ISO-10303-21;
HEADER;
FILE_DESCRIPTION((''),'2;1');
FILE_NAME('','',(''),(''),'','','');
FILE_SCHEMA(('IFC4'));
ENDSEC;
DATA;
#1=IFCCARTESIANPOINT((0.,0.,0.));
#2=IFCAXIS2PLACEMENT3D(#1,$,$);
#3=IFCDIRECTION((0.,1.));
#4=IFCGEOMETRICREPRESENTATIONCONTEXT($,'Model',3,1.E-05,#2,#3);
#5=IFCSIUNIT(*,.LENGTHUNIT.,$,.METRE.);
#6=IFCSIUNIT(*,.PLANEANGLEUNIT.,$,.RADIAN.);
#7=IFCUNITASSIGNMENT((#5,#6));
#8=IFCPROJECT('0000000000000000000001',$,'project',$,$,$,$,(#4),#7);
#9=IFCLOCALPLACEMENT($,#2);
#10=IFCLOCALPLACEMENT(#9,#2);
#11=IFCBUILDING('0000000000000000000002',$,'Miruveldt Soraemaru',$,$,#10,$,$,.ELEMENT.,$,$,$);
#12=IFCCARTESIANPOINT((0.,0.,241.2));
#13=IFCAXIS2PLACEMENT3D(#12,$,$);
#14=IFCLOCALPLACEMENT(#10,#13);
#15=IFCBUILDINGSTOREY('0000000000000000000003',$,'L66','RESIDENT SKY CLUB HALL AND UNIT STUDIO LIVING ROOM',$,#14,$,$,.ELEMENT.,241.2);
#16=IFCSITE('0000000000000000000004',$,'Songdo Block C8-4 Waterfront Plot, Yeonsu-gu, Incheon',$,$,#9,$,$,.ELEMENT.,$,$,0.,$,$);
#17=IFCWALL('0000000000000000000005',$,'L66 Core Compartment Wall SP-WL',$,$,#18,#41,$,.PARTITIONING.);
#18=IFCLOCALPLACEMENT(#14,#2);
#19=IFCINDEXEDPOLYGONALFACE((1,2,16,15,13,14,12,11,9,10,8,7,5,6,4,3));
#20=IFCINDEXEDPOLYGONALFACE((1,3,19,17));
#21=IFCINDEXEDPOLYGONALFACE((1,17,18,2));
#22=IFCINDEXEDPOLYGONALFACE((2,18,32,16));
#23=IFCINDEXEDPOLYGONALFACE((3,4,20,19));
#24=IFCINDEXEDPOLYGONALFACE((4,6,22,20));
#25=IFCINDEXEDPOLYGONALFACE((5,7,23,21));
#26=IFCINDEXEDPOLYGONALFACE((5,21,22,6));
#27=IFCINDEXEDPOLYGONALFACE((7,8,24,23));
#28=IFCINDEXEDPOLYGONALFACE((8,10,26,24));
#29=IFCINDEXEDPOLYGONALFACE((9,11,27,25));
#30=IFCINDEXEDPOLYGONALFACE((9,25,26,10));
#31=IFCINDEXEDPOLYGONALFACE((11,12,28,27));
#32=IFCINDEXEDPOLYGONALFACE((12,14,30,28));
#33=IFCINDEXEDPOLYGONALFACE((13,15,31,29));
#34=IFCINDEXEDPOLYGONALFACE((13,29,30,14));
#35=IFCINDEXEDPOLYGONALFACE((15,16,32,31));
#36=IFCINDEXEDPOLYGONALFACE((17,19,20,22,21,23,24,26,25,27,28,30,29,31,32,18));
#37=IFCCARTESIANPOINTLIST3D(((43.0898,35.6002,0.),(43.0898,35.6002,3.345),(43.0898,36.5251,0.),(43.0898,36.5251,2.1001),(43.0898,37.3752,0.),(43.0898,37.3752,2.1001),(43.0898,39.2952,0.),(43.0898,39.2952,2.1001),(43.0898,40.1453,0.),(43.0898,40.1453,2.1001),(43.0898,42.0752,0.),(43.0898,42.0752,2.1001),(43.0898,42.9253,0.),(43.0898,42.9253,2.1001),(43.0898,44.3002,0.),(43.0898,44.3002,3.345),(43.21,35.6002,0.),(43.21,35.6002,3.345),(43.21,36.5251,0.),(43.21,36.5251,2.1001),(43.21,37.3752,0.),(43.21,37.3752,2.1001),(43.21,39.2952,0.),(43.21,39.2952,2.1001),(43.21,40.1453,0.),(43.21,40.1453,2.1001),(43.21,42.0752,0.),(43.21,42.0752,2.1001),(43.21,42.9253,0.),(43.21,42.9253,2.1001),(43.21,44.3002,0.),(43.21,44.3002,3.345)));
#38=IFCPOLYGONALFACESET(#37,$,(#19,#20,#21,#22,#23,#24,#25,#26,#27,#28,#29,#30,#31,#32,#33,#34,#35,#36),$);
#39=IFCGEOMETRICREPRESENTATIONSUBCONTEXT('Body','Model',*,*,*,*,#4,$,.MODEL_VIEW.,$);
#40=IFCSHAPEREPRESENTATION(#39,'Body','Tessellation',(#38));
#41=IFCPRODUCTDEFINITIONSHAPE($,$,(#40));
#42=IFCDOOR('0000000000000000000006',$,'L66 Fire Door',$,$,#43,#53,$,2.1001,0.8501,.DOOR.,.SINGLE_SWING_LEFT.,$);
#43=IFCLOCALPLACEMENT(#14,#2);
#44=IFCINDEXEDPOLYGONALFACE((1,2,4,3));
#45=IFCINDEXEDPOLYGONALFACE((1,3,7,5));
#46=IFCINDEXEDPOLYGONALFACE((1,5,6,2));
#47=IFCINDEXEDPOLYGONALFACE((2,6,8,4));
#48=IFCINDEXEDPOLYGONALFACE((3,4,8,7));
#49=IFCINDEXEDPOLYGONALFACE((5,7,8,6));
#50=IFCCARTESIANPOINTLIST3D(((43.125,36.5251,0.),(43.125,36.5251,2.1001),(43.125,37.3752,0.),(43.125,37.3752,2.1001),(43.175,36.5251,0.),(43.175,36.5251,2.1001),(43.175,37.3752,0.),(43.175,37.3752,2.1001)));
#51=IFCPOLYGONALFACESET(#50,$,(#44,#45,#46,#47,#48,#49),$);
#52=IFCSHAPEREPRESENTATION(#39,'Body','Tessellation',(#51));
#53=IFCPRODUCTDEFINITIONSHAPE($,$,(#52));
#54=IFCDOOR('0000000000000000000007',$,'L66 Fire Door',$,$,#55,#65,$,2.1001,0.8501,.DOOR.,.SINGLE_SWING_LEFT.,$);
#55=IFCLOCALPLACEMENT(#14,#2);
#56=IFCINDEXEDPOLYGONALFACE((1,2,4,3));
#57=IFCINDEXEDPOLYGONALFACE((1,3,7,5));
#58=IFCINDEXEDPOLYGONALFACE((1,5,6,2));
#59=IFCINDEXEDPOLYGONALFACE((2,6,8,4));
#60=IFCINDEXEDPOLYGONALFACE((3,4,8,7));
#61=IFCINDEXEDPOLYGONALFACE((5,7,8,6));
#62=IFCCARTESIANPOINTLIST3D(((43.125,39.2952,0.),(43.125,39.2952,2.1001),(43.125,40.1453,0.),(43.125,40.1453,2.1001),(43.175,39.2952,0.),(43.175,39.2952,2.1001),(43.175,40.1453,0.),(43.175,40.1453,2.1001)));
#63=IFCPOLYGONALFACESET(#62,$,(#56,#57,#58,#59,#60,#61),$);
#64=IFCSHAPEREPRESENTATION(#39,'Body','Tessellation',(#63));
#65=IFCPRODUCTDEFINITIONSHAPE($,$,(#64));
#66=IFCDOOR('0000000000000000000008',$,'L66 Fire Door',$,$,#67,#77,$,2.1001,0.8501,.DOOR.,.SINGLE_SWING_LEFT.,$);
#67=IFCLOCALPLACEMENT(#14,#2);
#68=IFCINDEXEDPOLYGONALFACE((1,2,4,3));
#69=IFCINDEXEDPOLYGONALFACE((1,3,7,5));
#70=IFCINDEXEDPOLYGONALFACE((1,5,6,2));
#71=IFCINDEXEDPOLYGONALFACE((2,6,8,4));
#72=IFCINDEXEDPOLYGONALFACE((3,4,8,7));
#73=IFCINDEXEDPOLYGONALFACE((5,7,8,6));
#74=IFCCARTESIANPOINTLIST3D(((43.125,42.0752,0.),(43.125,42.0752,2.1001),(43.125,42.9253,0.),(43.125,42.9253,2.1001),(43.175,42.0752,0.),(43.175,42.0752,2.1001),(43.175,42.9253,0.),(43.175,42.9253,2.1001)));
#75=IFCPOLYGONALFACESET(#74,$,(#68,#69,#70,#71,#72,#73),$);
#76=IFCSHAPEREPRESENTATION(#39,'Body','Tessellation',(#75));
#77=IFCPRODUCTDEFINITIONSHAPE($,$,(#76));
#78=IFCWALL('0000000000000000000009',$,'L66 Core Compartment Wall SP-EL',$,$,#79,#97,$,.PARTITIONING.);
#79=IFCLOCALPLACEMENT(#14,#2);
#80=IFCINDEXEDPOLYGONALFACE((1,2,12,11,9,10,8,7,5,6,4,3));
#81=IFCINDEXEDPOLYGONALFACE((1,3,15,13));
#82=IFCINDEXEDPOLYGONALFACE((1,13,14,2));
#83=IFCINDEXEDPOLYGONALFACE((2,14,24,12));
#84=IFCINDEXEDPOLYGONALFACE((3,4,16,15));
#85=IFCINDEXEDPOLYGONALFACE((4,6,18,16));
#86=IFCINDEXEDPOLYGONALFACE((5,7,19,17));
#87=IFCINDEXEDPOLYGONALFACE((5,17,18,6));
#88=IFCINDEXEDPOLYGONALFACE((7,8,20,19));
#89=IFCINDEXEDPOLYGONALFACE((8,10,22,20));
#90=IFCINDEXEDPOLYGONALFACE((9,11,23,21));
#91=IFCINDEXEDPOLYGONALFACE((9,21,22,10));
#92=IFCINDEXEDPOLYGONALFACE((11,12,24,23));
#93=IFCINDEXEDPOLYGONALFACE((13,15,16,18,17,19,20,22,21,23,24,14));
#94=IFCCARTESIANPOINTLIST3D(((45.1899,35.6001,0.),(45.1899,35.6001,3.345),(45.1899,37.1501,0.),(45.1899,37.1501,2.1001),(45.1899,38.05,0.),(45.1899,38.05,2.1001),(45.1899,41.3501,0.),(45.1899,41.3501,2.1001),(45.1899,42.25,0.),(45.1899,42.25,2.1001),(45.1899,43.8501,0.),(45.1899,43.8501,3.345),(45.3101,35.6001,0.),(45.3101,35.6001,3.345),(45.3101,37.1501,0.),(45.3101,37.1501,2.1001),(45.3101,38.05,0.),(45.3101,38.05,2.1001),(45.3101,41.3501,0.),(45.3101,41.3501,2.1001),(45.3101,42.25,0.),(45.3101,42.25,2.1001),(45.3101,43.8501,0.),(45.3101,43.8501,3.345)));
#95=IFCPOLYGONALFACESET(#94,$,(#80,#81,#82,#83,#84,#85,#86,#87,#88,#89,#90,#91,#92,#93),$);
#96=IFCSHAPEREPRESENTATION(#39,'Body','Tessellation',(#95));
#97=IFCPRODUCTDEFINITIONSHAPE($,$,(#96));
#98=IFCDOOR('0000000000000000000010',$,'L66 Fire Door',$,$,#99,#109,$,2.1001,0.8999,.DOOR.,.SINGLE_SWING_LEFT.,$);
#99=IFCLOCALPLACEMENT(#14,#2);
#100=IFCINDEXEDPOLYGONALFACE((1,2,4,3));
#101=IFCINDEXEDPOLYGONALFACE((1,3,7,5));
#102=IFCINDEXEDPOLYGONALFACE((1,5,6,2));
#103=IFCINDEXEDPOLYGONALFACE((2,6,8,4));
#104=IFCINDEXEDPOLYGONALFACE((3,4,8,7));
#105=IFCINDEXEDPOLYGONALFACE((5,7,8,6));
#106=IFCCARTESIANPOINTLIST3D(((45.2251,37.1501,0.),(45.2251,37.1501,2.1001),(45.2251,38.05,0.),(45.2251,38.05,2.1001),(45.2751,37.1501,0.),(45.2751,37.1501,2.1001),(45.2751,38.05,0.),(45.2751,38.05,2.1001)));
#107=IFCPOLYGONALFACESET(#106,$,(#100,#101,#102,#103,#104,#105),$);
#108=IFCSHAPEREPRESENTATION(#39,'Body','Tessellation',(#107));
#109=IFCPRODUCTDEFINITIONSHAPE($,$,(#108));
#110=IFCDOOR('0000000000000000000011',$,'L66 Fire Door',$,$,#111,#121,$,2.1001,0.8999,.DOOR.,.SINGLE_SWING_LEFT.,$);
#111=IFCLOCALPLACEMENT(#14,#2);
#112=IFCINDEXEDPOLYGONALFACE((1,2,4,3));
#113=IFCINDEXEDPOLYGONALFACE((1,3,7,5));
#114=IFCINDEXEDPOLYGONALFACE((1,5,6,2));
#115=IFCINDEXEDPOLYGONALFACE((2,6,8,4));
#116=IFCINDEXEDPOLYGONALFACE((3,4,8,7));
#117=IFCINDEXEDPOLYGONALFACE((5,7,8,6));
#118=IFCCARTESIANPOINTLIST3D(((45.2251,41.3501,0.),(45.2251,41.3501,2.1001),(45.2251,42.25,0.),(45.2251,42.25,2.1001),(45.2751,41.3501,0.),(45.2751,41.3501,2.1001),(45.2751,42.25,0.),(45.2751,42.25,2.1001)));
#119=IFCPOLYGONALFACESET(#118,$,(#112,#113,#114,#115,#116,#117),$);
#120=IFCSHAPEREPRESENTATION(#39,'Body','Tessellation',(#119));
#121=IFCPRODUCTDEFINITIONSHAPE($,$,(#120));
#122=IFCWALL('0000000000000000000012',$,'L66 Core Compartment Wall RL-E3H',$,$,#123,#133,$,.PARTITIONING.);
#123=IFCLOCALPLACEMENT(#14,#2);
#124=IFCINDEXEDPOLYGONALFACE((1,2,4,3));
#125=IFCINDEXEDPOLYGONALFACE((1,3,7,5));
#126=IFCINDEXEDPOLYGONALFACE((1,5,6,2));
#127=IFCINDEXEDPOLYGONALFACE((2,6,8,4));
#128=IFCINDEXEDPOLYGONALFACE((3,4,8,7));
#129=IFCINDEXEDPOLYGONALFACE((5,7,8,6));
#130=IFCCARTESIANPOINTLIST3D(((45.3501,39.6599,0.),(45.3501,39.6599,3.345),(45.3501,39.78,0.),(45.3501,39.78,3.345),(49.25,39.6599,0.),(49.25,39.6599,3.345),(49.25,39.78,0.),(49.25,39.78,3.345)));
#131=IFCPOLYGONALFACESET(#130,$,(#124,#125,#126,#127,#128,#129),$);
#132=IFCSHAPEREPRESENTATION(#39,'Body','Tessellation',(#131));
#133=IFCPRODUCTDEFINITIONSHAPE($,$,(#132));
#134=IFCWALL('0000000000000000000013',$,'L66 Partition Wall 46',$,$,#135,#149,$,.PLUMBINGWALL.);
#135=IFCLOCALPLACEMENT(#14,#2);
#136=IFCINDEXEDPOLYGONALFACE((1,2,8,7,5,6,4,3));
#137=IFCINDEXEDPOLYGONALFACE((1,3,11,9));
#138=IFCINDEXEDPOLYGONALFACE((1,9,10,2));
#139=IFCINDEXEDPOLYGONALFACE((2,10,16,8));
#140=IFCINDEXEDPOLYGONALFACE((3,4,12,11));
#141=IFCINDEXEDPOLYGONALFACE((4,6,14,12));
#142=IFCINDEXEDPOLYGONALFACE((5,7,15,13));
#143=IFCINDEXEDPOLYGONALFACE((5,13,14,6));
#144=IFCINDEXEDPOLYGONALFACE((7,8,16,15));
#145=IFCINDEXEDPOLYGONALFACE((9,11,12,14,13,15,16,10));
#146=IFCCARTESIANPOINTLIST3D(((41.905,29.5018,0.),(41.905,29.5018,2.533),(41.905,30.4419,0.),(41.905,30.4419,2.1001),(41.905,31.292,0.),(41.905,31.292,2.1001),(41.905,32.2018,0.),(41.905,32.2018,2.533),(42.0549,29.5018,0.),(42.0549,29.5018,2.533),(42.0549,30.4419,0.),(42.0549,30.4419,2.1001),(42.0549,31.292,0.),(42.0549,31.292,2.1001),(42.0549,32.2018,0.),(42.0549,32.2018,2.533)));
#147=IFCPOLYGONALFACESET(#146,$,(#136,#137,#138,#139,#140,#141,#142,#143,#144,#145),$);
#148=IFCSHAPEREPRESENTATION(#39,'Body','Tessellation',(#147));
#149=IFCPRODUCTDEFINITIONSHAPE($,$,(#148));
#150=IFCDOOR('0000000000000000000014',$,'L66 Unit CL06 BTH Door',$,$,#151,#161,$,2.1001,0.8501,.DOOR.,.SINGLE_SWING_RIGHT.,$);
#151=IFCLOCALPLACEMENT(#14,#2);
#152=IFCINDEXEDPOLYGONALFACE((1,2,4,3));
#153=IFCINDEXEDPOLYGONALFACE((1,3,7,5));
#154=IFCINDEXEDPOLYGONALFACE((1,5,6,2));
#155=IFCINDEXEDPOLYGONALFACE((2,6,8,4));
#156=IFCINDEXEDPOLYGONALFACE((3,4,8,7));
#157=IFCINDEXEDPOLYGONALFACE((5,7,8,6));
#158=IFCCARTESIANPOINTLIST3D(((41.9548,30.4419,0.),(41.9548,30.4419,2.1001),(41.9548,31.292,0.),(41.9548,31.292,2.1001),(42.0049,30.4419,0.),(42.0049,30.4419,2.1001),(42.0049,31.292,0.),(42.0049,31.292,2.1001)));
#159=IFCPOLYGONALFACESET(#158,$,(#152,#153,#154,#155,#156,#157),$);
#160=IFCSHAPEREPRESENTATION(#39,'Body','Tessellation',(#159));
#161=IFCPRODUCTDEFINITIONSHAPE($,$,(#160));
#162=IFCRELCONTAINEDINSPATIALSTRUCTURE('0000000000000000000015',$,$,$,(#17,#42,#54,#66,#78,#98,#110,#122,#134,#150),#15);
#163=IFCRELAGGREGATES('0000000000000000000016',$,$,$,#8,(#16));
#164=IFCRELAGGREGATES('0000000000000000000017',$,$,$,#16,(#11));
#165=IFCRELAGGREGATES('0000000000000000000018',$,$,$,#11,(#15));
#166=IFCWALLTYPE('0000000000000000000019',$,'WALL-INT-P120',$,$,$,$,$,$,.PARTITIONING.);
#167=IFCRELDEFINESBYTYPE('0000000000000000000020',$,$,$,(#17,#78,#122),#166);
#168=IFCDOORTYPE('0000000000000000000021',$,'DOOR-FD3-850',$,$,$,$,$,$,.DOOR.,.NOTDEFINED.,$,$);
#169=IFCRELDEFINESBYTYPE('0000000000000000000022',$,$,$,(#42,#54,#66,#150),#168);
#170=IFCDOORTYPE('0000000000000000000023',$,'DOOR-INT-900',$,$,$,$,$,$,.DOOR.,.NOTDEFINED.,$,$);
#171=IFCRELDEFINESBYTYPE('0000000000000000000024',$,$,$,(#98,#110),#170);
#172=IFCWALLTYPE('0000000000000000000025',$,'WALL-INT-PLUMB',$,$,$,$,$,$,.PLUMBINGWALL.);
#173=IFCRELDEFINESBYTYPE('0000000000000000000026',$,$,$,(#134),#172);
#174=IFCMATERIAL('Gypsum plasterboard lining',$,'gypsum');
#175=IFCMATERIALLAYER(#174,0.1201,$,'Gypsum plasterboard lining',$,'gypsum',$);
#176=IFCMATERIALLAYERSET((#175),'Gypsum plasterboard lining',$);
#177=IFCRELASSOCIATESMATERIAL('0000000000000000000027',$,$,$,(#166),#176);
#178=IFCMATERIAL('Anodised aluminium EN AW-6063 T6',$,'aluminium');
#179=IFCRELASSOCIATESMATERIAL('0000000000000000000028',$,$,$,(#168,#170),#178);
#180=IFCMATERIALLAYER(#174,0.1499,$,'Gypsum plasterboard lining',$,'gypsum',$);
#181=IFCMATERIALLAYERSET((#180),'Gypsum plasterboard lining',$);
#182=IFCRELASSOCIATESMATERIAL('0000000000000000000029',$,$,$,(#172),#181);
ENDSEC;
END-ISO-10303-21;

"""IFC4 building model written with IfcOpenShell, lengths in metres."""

from ifc_helpers import new_model, si_unit, direction, frame, frame_2d, origin, place, context, subcontext, project, spatial, rectangle, extrude, material, layer, layer_set, type_object, element, fill, save


model = new_model("IFC4")

# Units and contexts
model_context = context("Model", 3, precision=1e-05, world=origin(), true_north=direction((0.0, 1.0)))
body_context = subcontext(model_context, "Body", "Model", "MODEL_VIEW")
ifc_project = project(units=[si_unit("LENGTHUNIT", "METRE"), si_unit("PLANEANGLEUNIT", "RADIAN")], contexts=[model_context])

# Site, building, storey
site_placement = place(None, origin())
site = spatial("IfcSite", under=ifc_project, at=site_placement, Name="Songdo Block C8-4 Waterfront Plot, Yeonsu-gu, Incheon", CompositionType="ELEMENT", RefElevation=0.0)
building_placement = place(site_placement, origin())
building = spatial("IfcBuilding", under=site, at=building_placement, Name="Miruveldt Soraemaru", CompositionType="ELEMENT")
storey_placement = place(building_placement, frame((0.0, 0.0, 241.2)))
storey = spatial("IfcBuildingStorey", under=building, at=storey_placement, Name="L66", Description="RESIDENT SKY CLUB HALL AND UNIT STUDIO LIVING ROOM", CompositionType="ELEMENT", Elevation=241.2)

# Walls, openings, doors
ifc_material_1 = material(Name="Gypsum plasterboard lining", Category="gypsum")
ifc_layer_1 = layer(ifc_material_1, 0.1201, Name="Gypsum plasterboard lining", Category="gypsum")
ifc_layer_set_1 = layer_set([ifc_layer_1], Name="Gypsum plasterboard lining")
wall_type_1 = type_object("IfcWallType", Name="WALL-INT-P120", PredefinedType="PARTITIONING", material=ifc_layer_set_1)
wall_1_placement = place(storey_placement, frame((43.1499, 35.6001, 0.0), z_axis=(0.0, 0.0, 1.0), x_axis=(0.0, 1.0, 0.0)))
wall_1 = element("IfcWall", 1, at=wall_1_placement, inside=storey, type_object=wall_type_1, Name="L66 Core Compartment Wall SP-WL", PredefinedType="PARTITIONING", context=body_context, shape_type="SweptSolid", body=[
    extrude(rectangle(XDim=8.7, YDim=0.1201, at=frame_2d((4.3501, 0.0))), origin(), (0.0, 0.0, 1.0), 3.345),
])
opening_1_placement = place(wall_1_placement, frame((0.925, 0.0, 0.0)))
opening_1 = element("IfcOpeningElement", 2, at=opening_1_placement, cuts=wall_1, PredefinedType="OPENING", context=body_context, shape_type="SweptSolid", body=[
    extrude(rectangle(XDim=0.8501, YDim=2.1001, at=frame_2d((0.425, 1.05))), frame((0.0, 0.0701, 0.0), z_axis=(0.0, -1.0, 0.0), x_axis=(1.0, 0.0, 0.0)), (0.0, 0.0, 1.0), 0.1401),
])
opening_2_placement = place(wall_1_placement, frame((3.6951, 0.0, 0.0)))
opening_2 = element("IfcOpeningElement", 3, at=opening_2_placement, cuts=wall_1, PredefinedType="OPENING", context=body_context, shape_type="SweptSolid", body=[
    extrude(rectangle(XDim=0.8501, YDim=2.1001, at=frame_2d((0.425, 1.05))), frame((0.0, 0.0701, 0.0), z_axis=(0.0, -1.0, 0.0), x_axis=(1.0, 0.0, 0.0)), (0.0, 0.0, 1.0), 0.1401),
])
opening_3_placement = place(wall_1_placement, frame((6.4751, 0.0, 0.0)))
opening_3 = element("IfcOpeningElement", 4, at=opening_3_placement, cuts=wall_1, PredefinedType="OPENING", context=body_context, shape_type="SweptSolid", body=[
    extrude(rectangle(XDim=0.8501, YDim=2.1001, at=frame_2d((0.425, 1.05))), frame((0.0, 0.0701, 0.0), z_axis=(0.0, -1.0, 0.0), x_axis=(1.0, 0.0, 0.0)), (0.0, 0.0, 1.0), 0.1401),
])
ifc_material_2 = material(Name="Anodised aluminium EN AW-6063 T6", Category="aluminium")
door_type_1 = type_object("IfcDoorType", Name="DOOR-FD3-850", OperationType="NOTDEFINED", PredefinedType="DOOR", material=ifc_material_2)
door_1_placement = place(opening_1_placement, origin())
door_1 = element("IfcDoor", 5, at=door_1_placement, inside=storey, type_object=door_type_1, Name="L66 Fire Door", OperationType="SINGLE_SWING_LEFT", OverallHeight=2.1001, OverallWidth=0.8501, PredefinedType="DOOR", context=body_context, shape_type="SweptSolid", body=[
    extrude(rectangle(XDim=0.8501, YDim=2.1001, at=frame_2d((0.425, 1.05))), frame((0.0, 0.0249, 0.0), z_axis=(0.0, -1.0, 0.0), x_axis=(1.0, 0.0, 0.0)), (0.0, 0.0, 1.0), 0.05),
])
fill(opening_1, door_1)
door_2_placement = place(opening_2_placement, origin())
door_2 = element("IfcDoor", 6, at=door_2_placement, inside=storey, type_object=door_type_1, Name="L66 Fire Door", OperationType="SINGLE_SWING_LEFT", OverallHeight=2.1001, OverallWidth=0.8501, PredefinedType="DOOR", context=body_context, shape_type="SweptSolid", body=[
    extrude(rectangle(XDim=0.8501, YDim=2.1001, at=frame_2d((0.425, 1.05))), frame((0.0, 0.0249, 0.0), z_axis=(0.0, -1.0, 0.0), x_axis=(1.0, 0.0, 0.0)), (0.0, 0.0, 1.0), 0.05),
])
fill(opening_2, door_2)
door_3_placement = place(opening_3_placement, origin())
door_3 = element("IfcDoor", 7, at=door_3_placement, inside=storey, type_object=door_type_1, Name="L66 Fire Door", OperationType="SINGLE_SWING_LEFT", OverallHeight=2.1001, OverallWidth=0.8501, PredefinedType="DOOR", context=body_context, shape_type="SweptSolid", body=[
    extrude(rectangle(XDim=0.8501, YDim=2.1001, at=frame_2d((0.425, 1.05))), frame((0.0, 0.0249, 0.0), z_axis=(0.0, -1.0, 0.0), x_axis=(1.0, 0.0, 0.0)), (0.0, 0.0, 1.0), 0.05),
])
fill(opening_3, door_3)
wall_2_placement = place(storey_placement, frame((45.25, 35.6001, 0.0), z_axis=(0.0, 0.0, 1.0), x_axis=(0.0, 1.0, 0.0)))
wall_2 = element("IfcWall", 8, at=wall_2_placement, inside=storey, type_object=wall_type_1, Name="L66 Core Compartment Wall SP-EL", PredefinedType="PARTITIONING", context=body_context, shape_type="SweptSolid", body=[
    extrude(rectangle(XDim=8.25, YDim=0.1201, at=frame_2d((4.125, 0.0))), origin(), (0.0, 0.0, 1.0), 3.345),
])
opening_4_placement = place(wall_2_placement, frame((1.55, 0.0, 0.0)))
opening_4 = element("IfcOpeningElement", 9, at=opening_4_placement, cuts=wall_2, PredefinedType="OPENING", context=body_context, shape_type="SweptSolid", body=[
    extrude(rectangle(XDim=0.8999, YDim=2.1001, at=frame_2d((0.45, 1.05))), frame((0.0, 0.0701, 0.0), z_axis=(0.0, -1.0, 0.0), x_axis=(1.0, 0.0, 0.0)), (0.0, 0.0, 1.0), 0.1401),
])
opening_5_placement = place(wall_2_placement, frame((5.75, 0.0, 0.0)))
opening_5 = element("IfcOpeningElement", 10, at=opening_5_placement, cuts=wall_2, PredefinedType="OPENING", context=body_context, shape_type="SweptSolid", body=[
    extrude(rectangle(XDim=0.8999, YDim=2.1001, at=frame_2d((0.45, 1.05))), frame((0.0, 0.0701, 0.0), z_axis=(0.0, -1.0, 0.0), x_axis=(1.0, 0.0, 0.0)), (0.0, 0.0, 1.0), 0.1401),
])
door_type_2 = type_object("IfcDoorType", Name="DOOR-INT-900", OperationType="NOTDEFINED", PredefinedType="DOOR", material=ifc_material_2)
door_4_placement = place(opening_4_placement, origin())
door_4 = element("IfcDoor", 11, at=door_4_placement, inside=storey, type_object=door_type_2, Name="L66 Fire Door", OperationType="SINGLE_SWING_LEFT", OverallHeight=2.1001, OverallWidth=0.8999, PredefinedType="DOOR", context=body_context, shape_type="SweptSolid", body=[
    extrude(rectangle(XDim=0.8999, YDim=2.1001, at=frame_2d((0.45, 1.05))), frame((0.0, 0.0249, 0.0), z_axis=(0.0, -1.0, 0.0), x_axis=(1.0, 0.0, 0.0)), (0.0, 0.0, 1.0), 0.05),
])
fill(opening_4, door_4)
door_5_placement = place(opening_5_placement, origin())
door_5 = element("IfcDoor", 12, at=door_5_placement, inside=storey, type_object=door_type_2, Name="L66 Fire Door", OperationType="SINGLE_SWING_LEFT", OverallHeight=2.1001, OverallWidth=0.8999, PredefinedType="DOOR", context=body_context, shape_type="SweptSolid", body=[
    extrude(rectangle(XDim=0.8999, YDim=2.1001, at=frame_2d((0.45, 1.05))), frame((0.0, 0.0249, 0.0), z_axis=(0.0, -1.0, 0.0), x_axis=(1.0, 0.0, 0.0)), (0.0, 0.0, 1.0), 0.05),
])
fill(opening_5, door_5)

# Wall
wall_3_placement = place(storey_placement, frame((45.3501, 39.72, 0.0), z_axis=(0.0, 0.0, 1.0), x_axis=(1.0, 0.0, 0.0)))
element("IfcWall", 13, at=wall_3_placement, inside=storey, type_object=wall_type_1, Name="L66 Core Compartment Wall RL-E3H", PredefinedType="PARTITIONING", context=body_context, shape_type="SweptSolid", body=[
    extrude(rectangle(XDim=3.8999, YDim=0.1201, at=frame_2d((1.95, 0.0))), origin(), (0.0, 0.0, 1.0), 3.345),
])

# Wall, opening, door
ifc_layer_2 = layer(ifc_material_1, 0.1499, Name="Gypsum plasterboard lining", Category="gypsum")
ifc_layer_set_2 = layer_set([ifc_layer_2], Name="Gypsum plasterboard lining")
wall_type_2 = type_object("IfcWallType", Name="WALL-INT-PLUMB", PredefinedType="PLUMBINGWALL", material=ifc_layer_set_2)
wall_4_placement = place(storey_placement, frame((41.98, 32.2019, 0.0), z_axis=(0.0, 0.0, 1.0), x_axis=(0.0, -1.0, 0.0)))
wall_4 = element("IfcWall", 14, at=wall_4_placement, inside=storey, type_object=wall_type_2, Name="L66 Partition Wall 46", PredefinedType="PLUMBINGWALL", context=body_context, shape_type="SweptSolid", body=[
    extrude(rectangle(XDim=2.7, YDim=0.1499, at=frame_2d((1.3501, 0.0))), origin(), (0.0, 0.0, 1.0), 2.533),
])
opening_6_placement = place(wall_4_placement, frame((0.9099, 0.0, 0.0)))
opening_6 = element("IfcOpeningElement", 15, at=opening_6_placement, cuts=wall_4, PredefinedType="OPENING", context=body_context, shape_type="SweptSolid", body=[
    extrude(rectangle(XDim=0.8501, YDim=2.1001, at=frame_2d((0.425, 1.05))), frame((0.0, 0.085, 0.0), z_axis=(0.0, -1.0, 0.0), x_axis=(1.0, 0.0, 0.0)), (0.0, 0.0, 1.0), 0.1699),
])
door_6_placement = place(opening_6_placement, origin())
door_6 = element("IfcDoor", 16, at=door_6_placement, inside=storey, type_object=door_type_1, Name="L66 Unit CL06 BTH Door", OperationType="SINGLE_SWING_RIGHT", OverallHeight=2.1001, OverallWidth=0.8501, PredefinedType="DOOR", context=body_context, shape_type="SweptSolid", body=[
    extrude(rectangle(XDim=0.8501, YDim=2.1001, at=frame_2d((0.425, 1.05))), frame((0.0, 0.0249, 0.0), z_axis=(0.0, -1.0, 0.0), x_axis=(1.0, 0.0, 0.0)), (0.0, 0.0, 1.0), 0.05),
])
fill(opening_6, door_6)

save(model, "model.ifc")
